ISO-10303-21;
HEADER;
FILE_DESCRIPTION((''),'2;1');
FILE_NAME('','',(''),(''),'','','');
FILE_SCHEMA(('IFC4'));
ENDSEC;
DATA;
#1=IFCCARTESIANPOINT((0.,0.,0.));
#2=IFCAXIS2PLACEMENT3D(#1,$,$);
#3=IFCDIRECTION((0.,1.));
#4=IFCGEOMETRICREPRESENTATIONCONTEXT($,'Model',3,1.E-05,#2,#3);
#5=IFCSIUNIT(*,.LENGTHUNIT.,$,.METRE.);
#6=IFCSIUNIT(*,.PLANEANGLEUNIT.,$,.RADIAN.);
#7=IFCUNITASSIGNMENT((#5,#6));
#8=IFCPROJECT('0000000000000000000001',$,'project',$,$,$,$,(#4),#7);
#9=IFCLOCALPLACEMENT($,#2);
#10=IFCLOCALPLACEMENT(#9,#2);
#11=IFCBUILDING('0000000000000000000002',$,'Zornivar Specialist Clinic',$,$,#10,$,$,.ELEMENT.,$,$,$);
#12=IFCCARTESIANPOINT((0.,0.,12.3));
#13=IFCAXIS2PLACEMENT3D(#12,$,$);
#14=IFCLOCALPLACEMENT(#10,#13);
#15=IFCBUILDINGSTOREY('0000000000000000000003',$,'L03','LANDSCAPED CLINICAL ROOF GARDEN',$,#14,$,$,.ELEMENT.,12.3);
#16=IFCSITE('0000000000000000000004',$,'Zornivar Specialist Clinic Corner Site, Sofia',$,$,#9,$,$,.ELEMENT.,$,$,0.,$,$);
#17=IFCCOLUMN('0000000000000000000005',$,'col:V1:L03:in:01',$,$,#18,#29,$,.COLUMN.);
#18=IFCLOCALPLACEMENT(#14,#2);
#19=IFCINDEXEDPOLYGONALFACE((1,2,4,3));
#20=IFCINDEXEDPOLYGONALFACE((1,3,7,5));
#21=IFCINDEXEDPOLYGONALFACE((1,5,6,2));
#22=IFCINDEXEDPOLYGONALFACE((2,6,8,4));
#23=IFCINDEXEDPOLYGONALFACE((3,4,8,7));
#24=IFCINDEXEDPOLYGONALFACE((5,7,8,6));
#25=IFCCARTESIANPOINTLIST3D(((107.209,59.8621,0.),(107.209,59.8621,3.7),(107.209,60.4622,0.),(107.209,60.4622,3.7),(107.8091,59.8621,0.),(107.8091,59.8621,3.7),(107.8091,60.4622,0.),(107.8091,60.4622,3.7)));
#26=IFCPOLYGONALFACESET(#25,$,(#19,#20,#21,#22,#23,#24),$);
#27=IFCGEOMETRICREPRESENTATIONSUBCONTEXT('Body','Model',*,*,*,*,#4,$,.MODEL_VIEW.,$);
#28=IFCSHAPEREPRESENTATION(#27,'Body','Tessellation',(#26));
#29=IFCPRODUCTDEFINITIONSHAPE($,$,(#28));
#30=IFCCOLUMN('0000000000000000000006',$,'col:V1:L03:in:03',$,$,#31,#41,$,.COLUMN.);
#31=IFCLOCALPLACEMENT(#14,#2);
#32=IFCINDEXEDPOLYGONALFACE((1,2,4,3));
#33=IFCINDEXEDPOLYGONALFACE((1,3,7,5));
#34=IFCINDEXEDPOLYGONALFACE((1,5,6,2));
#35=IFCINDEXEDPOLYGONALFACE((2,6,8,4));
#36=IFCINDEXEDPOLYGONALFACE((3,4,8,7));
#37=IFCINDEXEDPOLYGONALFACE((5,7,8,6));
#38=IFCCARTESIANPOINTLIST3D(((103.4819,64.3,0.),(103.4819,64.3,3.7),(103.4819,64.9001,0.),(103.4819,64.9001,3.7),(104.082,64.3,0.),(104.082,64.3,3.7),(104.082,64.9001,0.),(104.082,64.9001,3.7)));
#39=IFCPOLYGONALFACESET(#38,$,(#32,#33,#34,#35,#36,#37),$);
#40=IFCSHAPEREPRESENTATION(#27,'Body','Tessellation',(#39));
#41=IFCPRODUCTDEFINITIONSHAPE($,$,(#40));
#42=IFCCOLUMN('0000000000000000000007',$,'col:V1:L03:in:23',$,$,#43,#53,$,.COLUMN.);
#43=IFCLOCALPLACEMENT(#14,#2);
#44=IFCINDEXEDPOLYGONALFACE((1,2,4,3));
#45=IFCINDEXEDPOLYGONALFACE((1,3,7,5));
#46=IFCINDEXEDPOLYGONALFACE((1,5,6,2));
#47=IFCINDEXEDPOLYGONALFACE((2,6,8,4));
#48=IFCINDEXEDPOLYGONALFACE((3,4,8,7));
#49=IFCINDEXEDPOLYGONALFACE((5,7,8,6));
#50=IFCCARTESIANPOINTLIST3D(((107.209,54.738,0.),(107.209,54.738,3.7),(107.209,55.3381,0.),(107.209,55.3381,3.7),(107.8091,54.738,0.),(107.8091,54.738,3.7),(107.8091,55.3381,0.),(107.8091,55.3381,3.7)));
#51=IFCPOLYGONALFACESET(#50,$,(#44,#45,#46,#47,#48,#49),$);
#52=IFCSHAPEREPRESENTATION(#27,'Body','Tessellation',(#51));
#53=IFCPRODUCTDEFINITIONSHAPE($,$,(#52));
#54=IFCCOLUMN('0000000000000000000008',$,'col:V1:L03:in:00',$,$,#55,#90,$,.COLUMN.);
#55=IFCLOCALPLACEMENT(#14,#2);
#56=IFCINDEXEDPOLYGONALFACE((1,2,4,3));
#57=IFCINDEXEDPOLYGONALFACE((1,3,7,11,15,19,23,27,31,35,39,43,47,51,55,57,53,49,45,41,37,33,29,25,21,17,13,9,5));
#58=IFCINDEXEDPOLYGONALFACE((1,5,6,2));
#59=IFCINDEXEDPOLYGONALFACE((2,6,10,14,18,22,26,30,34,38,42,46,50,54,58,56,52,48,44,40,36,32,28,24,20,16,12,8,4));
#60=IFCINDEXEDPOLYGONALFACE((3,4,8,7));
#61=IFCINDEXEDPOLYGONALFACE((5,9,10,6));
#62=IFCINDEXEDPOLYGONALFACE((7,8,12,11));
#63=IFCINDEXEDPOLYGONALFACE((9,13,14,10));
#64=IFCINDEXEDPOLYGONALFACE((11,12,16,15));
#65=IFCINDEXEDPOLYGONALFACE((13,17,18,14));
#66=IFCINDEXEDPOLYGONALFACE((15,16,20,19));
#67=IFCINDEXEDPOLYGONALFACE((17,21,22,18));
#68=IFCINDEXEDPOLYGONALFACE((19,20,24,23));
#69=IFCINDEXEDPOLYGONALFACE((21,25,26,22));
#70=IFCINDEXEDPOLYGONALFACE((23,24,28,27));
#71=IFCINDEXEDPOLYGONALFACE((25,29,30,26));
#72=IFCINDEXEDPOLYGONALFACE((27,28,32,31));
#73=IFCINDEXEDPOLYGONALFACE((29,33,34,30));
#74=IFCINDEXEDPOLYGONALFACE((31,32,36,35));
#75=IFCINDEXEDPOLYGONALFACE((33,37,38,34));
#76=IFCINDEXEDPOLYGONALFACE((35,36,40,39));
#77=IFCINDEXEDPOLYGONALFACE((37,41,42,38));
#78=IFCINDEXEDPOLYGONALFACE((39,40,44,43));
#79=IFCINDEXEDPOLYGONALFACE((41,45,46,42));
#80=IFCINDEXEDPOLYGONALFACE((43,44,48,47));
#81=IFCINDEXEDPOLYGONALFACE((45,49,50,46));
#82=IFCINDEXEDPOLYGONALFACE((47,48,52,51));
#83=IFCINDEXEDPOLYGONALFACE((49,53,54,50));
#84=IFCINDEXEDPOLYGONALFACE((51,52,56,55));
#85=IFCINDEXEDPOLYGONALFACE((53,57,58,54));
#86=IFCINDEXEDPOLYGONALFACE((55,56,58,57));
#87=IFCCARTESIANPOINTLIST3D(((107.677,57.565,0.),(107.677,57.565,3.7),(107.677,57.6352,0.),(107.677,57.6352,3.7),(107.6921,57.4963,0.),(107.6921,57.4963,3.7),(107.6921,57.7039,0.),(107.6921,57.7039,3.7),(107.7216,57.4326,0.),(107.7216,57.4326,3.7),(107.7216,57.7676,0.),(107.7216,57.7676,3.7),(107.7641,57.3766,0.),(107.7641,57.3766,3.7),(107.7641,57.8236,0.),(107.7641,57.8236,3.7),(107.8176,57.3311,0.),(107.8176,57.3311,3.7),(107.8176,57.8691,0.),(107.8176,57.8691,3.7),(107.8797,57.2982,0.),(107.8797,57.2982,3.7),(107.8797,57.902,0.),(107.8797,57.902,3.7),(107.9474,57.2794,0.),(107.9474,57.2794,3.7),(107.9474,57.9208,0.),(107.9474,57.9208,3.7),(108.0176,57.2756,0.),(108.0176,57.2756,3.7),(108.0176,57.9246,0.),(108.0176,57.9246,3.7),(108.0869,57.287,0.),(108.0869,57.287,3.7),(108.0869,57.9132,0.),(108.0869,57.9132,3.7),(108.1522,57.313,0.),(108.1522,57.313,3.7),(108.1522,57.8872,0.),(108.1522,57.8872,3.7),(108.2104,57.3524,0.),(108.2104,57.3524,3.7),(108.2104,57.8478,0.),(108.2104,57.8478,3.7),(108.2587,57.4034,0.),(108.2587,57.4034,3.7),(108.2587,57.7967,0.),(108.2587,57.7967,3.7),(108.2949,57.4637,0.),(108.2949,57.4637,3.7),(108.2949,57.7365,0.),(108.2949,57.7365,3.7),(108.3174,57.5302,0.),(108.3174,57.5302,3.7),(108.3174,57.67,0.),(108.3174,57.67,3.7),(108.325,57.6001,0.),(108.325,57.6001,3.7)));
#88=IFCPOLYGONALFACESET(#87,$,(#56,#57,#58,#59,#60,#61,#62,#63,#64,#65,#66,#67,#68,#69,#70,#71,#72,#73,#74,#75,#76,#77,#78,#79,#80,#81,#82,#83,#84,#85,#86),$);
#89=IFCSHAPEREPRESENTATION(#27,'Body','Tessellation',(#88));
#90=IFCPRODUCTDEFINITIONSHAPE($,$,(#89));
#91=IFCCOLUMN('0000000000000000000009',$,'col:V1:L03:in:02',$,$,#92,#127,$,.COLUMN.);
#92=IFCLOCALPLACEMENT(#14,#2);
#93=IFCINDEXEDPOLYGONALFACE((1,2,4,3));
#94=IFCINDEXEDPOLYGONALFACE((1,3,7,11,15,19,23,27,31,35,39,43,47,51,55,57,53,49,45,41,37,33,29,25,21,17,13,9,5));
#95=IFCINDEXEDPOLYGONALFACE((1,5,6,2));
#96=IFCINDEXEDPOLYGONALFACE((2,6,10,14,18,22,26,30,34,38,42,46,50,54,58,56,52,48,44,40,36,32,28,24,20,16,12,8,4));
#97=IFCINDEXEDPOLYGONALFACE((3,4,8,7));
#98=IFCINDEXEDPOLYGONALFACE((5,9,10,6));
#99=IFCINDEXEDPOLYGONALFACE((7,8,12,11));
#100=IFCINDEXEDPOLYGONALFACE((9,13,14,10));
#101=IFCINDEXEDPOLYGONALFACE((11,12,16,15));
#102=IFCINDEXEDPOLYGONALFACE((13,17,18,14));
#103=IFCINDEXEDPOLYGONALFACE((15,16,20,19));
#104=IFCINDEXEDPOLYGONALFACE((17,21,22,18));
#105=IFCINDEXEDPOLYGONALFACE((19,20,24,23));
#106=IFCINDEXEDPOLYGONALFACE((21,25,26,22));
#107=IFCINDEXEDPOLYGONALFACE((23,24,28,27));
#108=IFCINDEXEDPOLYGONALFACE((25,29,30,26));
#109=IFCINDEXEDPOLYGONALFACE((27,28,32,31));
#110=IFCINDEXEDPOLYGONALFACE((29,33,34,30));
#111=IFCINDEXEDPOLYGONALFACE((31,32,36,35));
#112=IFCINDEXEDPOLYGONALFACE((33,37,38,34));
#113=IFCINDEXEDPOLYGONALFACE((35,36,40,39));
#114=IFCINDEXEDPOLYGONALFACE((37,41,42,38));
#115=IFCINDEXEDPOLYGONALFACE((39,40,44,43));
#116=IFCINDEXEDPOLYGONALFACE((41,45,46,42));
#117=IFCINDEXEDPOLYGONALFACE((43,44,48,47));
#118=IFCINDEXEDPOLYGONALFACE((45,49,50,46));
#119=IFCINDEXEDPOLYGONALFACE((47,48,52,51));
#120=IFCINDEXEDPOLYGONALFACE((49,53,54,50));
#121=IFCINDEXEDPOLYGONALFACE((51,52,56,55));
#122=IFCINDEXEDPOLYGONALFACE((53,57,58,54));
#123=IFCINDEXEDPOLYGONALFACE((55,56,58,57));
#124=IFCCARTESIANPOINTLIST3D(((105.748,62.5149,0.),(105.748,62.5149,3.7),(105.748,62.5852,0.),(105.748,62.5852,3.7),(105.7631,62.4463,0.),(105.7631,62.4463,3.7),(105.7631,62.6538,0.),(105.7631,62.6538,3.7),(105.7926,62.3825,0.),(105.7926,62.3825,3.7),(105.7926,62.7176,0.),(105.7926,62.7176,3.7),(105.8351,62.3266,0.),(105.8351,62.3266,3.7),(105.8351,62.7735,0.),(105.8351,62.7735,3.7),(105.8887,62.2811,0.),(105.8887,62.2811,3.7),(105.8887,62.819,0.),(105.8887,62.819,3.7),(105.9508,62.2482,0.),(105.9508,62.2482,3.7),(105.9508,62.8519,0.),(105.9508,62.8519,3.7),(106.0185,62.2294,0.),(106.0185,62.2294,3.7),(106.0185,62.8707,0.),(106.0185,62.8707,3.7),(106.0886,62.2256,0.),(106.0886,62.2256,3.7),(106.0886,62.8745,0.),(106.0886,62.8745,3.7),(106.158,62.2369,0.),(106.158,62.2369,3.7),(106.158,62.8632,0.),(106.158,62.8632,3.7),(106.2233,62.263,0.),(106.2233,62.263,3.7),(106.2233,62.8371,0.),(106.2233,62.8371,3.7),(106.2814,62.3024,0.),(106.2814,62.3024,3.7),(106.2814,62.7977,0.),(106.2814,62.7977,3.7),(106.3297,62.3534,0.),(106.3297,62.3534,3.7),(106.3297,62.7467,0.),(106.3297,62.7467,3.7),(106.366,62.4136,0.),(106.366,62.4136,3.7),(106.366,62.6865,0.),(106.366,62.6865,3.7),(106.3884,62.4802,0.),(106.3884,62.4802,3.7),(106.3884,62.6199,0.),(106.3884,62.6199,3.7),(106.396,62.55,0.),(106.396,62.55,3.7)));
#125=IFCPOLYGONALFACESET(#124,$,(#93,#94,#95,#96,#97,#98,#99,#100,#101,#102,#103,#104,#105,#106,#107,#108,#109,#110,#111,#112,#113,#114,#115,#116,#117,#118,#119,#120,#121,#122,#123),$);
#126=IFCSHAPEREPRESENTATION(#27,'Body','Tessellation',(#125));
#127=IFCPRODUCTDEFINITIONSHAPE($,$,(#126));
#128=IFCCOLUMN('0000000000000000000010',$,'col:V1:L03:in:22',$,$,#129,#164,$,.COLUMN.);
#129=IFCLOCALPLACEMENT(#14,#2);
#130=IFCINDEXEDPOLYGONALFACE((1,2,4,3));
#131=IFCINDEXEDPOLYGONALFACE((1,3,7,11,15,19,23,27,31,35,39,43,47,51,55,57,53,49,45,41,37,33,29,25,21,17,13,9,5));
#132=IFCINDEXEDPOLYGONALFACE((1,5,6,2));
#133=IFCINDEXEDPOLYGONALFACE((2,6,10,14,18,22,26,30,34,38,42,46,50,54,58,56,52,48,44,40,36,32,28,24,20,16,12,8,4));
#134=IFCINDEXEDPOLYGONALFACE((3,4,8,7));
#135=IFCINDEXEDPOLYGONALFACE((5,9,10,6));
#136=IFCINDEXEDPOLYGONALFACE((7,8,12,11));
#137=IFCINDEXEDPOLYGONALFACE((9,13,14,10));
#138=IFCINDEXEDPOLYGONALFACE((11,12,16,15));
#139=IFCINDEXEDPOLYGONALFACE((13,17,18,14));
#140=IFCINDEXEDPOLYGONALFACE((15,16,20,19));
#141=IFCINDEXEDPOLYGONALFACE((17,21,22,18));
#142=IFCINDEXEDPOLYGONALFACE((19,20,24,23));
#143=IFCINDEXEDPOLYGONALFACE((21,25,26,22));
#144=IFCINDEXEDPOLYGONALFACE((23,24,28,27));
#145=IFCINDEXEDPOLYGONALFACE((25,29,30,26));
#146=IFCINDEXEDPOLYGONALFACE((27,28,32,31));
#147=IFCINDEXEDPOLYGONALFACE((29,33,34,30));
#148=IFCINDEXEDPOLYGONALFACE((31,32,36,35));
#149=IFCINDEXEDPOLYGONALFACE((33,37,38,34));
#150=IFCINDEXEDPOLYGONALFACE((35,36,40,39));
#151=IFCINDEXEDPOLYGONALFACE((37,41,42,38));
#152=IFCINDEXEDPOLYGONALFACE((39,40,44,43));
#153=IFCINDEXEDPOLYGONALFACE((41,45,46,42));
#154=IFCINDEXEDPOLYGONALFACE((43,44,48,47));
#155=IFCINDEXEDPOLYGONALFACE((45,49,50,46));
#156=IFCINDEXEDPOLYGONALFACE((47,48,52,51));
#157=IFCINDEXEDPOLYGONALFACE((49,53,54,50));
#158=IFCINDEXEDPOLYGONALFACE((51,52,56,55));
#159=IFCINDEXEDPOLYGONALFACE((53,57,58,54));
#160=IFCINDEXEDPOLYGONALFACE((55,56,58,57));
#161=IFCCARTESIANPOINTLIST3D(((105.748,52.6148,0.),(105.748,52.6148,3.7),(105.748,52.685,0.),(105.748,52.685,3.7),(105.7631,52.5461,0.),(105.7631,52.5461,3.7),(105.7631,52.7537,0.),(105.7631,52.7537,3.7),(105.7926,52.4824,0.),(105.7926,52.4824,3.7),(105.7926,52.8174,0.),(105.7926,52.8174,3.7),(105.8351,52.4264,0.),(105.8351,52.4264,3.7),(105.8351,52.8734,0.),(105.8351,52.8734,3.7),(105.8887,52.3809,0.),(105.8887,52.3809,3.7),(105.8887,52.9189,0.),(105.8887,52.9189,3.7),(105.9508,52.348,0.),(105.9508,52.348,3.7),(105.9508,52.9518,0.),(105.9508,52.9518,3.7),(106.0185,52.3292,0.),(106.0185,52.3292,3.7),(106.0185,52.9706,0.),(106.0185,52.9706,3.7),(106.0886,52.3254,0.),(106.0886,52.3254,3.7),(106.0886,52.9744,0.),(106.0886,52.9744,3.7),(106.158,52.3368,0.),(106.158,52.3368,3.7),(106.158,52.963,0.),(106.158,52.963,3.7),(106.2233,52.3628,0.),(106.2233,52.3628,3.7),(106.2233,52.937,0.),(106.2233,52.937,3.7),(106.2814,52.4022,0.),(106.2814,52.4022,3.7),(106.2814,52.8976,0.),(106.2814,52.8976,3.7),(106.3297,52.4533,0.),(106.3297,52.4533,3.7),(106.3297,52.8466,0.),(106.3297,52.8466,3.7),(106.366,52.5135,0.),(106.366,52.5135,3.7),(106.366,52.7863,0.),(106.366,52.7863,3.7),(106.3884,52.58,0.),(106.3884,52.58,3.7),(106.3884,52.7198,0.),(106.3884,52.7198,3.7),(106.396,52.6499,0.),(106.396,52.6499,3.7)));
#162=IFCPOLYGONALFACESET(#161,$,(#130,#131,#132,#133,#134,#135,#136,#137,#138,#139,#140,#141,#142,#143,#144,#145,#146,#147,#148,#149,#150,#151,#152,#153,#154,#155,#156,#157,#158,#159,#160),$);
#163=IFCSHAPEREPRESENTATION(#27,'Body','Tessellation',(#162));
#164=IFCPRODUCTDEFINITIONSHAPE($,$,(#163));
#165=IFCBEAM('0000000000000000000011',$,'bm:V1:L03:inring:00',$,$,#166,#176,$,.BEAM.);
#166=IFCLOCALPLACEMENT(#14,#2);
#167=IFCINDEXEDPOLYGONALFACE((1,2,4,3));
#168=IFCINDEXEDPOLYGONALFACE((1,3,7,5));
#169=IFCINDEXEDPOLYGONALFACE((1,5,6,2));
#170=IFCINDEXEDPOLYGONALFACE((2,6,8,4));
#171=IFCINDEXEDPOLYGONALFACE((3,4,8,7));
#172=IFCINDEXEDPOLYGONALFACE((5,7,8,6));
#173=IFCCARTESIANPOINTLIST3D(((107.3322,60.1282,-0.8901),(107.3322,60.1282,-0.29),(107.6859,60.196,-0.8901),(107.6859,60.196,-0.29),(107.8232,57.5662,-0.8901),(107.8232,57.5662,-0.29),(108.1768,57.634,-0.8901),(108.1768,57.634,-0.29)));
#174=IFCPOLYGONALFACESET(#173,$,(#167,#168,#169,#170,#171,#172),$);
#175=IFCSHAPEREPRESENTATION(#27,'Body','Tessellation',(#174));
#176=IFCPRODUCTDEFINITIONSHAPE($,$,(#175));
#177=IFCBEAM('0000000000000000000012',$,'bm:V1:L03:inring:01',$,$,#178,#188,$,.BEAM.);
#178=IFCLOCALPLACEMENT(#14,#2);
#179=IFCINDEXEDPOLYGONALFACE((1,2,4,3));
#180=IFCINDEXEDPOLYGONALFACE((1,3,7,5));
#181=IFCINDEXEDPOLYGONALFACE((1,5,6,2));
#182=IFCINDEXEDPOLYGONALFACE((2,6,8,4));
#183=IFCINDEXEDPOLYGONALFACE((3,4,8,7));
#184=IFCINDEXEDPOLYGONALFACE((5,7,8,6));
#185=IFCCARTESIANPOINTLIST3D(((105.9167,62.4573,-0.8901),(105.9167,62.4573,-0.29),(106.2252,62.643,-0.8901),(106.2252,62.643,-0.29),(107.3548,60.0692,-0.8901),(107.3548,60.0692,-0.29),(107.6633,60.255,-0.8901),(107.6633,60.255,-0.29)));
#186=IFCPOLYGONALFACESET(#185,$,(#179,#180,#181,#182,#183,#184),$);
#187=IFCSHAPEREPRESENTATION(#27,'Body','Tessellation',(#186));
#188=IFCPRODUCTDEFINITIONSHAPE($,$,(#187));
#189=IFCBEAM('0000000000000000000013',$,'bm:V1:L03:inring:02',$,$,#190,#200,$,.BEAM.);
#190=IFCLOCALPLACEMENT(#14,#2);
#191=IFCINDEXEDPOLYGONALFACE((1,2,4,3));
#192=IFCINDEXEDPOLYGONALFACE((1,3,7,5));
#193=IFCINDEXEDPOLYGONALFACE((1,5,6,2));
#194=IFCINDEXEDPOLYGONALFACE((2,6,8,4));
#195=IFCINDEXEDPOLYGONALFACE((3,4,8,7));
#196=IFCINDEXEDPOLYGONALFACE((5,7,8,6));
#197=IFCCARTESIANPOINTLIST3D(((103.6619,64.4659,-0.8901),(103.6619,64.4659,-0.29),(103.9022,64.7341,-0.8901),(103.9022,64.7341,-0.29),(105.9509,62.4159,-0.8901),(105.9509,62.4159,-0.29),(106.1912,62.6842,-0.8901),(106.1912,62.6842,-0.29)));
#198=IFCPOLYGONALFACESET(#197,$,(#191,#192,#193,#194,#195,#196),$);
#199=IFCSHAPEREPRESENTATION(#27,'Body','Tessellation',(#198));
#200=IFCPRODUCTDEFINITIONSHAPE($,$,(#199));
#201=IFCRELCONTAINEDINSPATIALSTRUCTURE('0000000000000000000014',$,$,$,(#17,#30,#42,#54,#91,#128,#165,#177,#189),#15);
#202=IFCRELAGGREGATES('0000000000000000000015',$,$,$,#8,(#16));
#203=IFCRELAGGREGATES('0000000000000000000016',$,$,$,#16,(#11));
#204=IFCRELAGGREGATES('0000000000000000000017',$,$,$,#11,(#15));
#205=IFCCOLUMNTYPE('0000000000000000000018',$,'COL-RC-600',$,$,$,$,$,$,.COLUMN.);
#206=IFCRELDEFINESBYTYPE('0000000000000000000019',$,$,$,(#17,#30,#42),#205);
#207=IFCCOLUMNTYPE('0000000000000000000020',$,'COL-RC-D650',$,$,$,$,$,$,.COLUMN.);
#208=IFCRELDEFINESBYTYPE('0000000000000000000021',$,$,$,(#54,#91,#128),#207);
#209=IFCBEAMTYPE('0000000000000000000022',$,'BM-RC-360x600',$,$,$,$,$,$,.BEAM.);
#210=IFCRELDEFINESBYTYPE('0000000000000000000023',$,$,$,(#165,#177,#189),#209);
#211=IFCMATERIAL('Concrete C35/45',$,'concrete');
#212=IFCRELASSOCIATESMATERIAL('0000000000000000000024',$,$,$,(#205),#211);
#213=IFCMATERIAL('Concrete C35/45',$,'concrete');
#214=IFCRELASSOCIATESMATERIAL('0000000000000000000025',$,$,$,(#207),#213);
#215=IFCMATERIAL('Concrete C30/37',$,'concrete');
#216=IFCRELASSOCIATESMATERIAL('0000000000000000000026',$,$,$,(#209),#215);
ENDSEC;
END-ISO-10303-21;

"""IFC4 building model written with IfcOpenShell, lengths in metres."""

from ifc_helpers import new_model, si_unit, direction, frame, origin, origin_2d, place, context, subcontext, project, spatial, rectangle, circle, extrude, material, material_profile, profile_set, type_object, element, save


model = new_model("IFC4")

# Units and contexts
model_context = context("Model", 3, precision=1e-05, world=origin(), true_north=direction((0.0, 1.0)))
body_context = subcontext(model_context, "Body", "Model", "MODEL_VIEW")
ifc_project = project(units=[si_unit("LENGTHUNIT", "METRE"), si_unit("PLANEANGLEUNIT", "RADIAN")], contexts=[model_context])

# Site, building, storey
site_placement = place(None, origin())
site = spatial("IfcSite", under=ifc_project, at=site_placement, Name="Zornivar Specialist Clinic Corner Site, Sofia", CompositionType="ELEMENT", RefElevation=0.0)
building_placement = place(site_placement, origin())
building = spatial("IfcBuilding", under=site, at=building_placement, Name="Zornivar Specialist Clinic", CompositionType="ELEMENT")
storey_placement = place(building_placement, frame((0.0, 0.0, 12.3)))
storey = spatial("IfcBuildingStorey", under=building, at=storey_placement, Name="L03", Description="LANDSCAPED CLINICAL ROOF GARDEN", CompositionType="ELEMENT", Elevation=12.3)

# Columns
ifc_material_1 = material(Name="Concrete C35/45", Category="concrete")
ifc_material_profile_1 = material_profile(ifc_material_1, rectangle(XDim=0.6001, YDim=0.6001, at=origin_2d()), Name="RC 600x600")
ifc_profile_set_1 = profile_set([ifc_material_profile_1], Name="Concrete C35/45")
column_type_1 = type_object("IfcColumnType", Name="COL-RC-600", PredefinedType="COLUMN", material=ifc_profile_set_1)
for number, where, z_axis, x_axis, name in (
    (1, (107.509, 60.1621, 0.0), (0.0, 0.0, 1.0), (1.0, 0.0, 0.0), "col:V1:L03:in:01"),
    (2, (103.782, 64.6001, 0.0), (0.0, 0.0, 1.0), (1.0, 0.0, 0.0), "col:V1:L03:in:03"),
    (3, (107.509, 55.0381, 0.0), (0.0, 0.0, 1.0), (1.0, 0.0, 0.0), "col:V1:L03:in:23"),
):
    element("IfcColumn", number, at=place(storey_placement, frame(where, z_axis=z_axis, x_axis=x_axis)), inside=storey, type_object=column_type_1, Name=name, PredefinedType="COLUMN", context=body_context, shape_type="SweptSolid", body=[
        extrude(rectangle(XDim=0.6001, YDim=0.6001, at=origin_2d()), origin(), (0.0, 0.0, 1.0), 3.7),
    ])
ifc_material_2 = material(Name="Concrete C35/45", Category="concrete")
ifc_material_profile_2 = material_profile(ifc_material_2, circle(Radius=0.325, at=origin_2d()), Name="RC D650")
ifc_profile_set_2 = profile_set([ifc_material_profile_2], Name="Concrete C35/45")
column_type_2 = type_object("IfcColumnType", Name="COL-RC-D650", PredefinedType="COLUMN", material=ifc_profile_set_2)
for number, where, z_axis, x_axis, name in (
    (4, (108.0, 57.6001, 0.0), (0.0, 0.0, 1.0), (1.0, 0.0, 0.0), "col:V1:L03:in:00"),
    (5, (106.071, 62.55, 0.0), (0.0, 0.0, 1.0), (1.0, 0.0, 0.0), "col:V1:L03:in:02"),
    (6, (106.071, 52.6499, 0.0), (0.0, 0.0, 1.0), (1.0, 0.0, 0.0), "col:V1:L03:in:22"),
):
    element("IfcColumn", number, at=place(storey_placement, frame(where, z_axis=z_axis, x_axis=x_axis)), inside=storey, type_object=column_type_2, Name=name, PredefinedType="COLUMN", context=body_context, shape_type="SweptSolid", body=[
        extrude(circle(Radius=0.325, at=origin_2d()), origin(), (0.0, 0.0, 1.0), 3.7),
    ])

# Beams
ifc_material_3 = material(Name="Concrete C30/37", Category="concrete")
ifc_material_profile_3 = material_profile(ifc_material_3, rectangle(XDim=0.3601, YDim=0.6001, at=origin_2d()), Name="RC 360x600")
ifc_profile_set_3 = profile_set([ifc_material_profile_3], Name="Concrete C30/37")
beam_type_1 = type_object("IfcBeamType", Name="BM-RC-360x600", PredefinedType="BEAM", material=ifc_profile_set_3)
beam_1_placement = place(storey_placement, frame((108.0, 57.6001, -0.5901), z_axis=(-0.188209, 0.982129, 0.0), x_axis=(-0.982129, -0.188209, 0.0)))
element("IfcBeam", 7, at=beam_1_placement, inside=storey, type_object=beam_type_1, Name="bm:V1:L03:inring:00", PredefinedType="BEAM", context=body_context, shape_type="SweptSolid", body=[
    extrude(rectangle(XDim=0.3601, YDim=0.6001, at=origin_2d()), origin(), (0.0, 0.0, 1.0), 2.6086),
])
beam_2_placement = place(storey_placement, frame((107.509, 60.1621, -0.5901), z_axis=(-0.515873, 0.856665, 0.0), x_axis=(-0.856665, -0.515873, 0.0)))
element("IfcBeam", 8, at=beam_2_placement, inside=storey, type_object=beam_type_1, Name="bm:V1:L03:inring:01", PredefinedType="BEAM", context=body_context, shape_type="SweptSolid", body=[
    extrude(rectangle(XDim=0.3601, YDim=0.6001, at=origin_2d()), origin(), (0.0, 0.0, 1.0), 2.7876),
])
beam_3_placement = place(storey_placement, frame((106.071, 62.55, -0.5901), z_axis=(-0.744927, 0.667145, 0.0), x_axis=(-0.667145, -0.744927, 0.0)))
element("IfcBeam", 9, at=beam_3_placement, inside=storey, type_object=beam_type_1, Name="bm:V1:L03:inring:02", PredefinedType="BEAM", context=body_context, shape_type="SweptSolid", body=[
    extrude(rectangle(XDim=0.3601, YDim=0.6001, at=origin_2d()), origin(), (0.0, 0.0, 1.0), 3.0728),
])

save(model, "model.ifc")
